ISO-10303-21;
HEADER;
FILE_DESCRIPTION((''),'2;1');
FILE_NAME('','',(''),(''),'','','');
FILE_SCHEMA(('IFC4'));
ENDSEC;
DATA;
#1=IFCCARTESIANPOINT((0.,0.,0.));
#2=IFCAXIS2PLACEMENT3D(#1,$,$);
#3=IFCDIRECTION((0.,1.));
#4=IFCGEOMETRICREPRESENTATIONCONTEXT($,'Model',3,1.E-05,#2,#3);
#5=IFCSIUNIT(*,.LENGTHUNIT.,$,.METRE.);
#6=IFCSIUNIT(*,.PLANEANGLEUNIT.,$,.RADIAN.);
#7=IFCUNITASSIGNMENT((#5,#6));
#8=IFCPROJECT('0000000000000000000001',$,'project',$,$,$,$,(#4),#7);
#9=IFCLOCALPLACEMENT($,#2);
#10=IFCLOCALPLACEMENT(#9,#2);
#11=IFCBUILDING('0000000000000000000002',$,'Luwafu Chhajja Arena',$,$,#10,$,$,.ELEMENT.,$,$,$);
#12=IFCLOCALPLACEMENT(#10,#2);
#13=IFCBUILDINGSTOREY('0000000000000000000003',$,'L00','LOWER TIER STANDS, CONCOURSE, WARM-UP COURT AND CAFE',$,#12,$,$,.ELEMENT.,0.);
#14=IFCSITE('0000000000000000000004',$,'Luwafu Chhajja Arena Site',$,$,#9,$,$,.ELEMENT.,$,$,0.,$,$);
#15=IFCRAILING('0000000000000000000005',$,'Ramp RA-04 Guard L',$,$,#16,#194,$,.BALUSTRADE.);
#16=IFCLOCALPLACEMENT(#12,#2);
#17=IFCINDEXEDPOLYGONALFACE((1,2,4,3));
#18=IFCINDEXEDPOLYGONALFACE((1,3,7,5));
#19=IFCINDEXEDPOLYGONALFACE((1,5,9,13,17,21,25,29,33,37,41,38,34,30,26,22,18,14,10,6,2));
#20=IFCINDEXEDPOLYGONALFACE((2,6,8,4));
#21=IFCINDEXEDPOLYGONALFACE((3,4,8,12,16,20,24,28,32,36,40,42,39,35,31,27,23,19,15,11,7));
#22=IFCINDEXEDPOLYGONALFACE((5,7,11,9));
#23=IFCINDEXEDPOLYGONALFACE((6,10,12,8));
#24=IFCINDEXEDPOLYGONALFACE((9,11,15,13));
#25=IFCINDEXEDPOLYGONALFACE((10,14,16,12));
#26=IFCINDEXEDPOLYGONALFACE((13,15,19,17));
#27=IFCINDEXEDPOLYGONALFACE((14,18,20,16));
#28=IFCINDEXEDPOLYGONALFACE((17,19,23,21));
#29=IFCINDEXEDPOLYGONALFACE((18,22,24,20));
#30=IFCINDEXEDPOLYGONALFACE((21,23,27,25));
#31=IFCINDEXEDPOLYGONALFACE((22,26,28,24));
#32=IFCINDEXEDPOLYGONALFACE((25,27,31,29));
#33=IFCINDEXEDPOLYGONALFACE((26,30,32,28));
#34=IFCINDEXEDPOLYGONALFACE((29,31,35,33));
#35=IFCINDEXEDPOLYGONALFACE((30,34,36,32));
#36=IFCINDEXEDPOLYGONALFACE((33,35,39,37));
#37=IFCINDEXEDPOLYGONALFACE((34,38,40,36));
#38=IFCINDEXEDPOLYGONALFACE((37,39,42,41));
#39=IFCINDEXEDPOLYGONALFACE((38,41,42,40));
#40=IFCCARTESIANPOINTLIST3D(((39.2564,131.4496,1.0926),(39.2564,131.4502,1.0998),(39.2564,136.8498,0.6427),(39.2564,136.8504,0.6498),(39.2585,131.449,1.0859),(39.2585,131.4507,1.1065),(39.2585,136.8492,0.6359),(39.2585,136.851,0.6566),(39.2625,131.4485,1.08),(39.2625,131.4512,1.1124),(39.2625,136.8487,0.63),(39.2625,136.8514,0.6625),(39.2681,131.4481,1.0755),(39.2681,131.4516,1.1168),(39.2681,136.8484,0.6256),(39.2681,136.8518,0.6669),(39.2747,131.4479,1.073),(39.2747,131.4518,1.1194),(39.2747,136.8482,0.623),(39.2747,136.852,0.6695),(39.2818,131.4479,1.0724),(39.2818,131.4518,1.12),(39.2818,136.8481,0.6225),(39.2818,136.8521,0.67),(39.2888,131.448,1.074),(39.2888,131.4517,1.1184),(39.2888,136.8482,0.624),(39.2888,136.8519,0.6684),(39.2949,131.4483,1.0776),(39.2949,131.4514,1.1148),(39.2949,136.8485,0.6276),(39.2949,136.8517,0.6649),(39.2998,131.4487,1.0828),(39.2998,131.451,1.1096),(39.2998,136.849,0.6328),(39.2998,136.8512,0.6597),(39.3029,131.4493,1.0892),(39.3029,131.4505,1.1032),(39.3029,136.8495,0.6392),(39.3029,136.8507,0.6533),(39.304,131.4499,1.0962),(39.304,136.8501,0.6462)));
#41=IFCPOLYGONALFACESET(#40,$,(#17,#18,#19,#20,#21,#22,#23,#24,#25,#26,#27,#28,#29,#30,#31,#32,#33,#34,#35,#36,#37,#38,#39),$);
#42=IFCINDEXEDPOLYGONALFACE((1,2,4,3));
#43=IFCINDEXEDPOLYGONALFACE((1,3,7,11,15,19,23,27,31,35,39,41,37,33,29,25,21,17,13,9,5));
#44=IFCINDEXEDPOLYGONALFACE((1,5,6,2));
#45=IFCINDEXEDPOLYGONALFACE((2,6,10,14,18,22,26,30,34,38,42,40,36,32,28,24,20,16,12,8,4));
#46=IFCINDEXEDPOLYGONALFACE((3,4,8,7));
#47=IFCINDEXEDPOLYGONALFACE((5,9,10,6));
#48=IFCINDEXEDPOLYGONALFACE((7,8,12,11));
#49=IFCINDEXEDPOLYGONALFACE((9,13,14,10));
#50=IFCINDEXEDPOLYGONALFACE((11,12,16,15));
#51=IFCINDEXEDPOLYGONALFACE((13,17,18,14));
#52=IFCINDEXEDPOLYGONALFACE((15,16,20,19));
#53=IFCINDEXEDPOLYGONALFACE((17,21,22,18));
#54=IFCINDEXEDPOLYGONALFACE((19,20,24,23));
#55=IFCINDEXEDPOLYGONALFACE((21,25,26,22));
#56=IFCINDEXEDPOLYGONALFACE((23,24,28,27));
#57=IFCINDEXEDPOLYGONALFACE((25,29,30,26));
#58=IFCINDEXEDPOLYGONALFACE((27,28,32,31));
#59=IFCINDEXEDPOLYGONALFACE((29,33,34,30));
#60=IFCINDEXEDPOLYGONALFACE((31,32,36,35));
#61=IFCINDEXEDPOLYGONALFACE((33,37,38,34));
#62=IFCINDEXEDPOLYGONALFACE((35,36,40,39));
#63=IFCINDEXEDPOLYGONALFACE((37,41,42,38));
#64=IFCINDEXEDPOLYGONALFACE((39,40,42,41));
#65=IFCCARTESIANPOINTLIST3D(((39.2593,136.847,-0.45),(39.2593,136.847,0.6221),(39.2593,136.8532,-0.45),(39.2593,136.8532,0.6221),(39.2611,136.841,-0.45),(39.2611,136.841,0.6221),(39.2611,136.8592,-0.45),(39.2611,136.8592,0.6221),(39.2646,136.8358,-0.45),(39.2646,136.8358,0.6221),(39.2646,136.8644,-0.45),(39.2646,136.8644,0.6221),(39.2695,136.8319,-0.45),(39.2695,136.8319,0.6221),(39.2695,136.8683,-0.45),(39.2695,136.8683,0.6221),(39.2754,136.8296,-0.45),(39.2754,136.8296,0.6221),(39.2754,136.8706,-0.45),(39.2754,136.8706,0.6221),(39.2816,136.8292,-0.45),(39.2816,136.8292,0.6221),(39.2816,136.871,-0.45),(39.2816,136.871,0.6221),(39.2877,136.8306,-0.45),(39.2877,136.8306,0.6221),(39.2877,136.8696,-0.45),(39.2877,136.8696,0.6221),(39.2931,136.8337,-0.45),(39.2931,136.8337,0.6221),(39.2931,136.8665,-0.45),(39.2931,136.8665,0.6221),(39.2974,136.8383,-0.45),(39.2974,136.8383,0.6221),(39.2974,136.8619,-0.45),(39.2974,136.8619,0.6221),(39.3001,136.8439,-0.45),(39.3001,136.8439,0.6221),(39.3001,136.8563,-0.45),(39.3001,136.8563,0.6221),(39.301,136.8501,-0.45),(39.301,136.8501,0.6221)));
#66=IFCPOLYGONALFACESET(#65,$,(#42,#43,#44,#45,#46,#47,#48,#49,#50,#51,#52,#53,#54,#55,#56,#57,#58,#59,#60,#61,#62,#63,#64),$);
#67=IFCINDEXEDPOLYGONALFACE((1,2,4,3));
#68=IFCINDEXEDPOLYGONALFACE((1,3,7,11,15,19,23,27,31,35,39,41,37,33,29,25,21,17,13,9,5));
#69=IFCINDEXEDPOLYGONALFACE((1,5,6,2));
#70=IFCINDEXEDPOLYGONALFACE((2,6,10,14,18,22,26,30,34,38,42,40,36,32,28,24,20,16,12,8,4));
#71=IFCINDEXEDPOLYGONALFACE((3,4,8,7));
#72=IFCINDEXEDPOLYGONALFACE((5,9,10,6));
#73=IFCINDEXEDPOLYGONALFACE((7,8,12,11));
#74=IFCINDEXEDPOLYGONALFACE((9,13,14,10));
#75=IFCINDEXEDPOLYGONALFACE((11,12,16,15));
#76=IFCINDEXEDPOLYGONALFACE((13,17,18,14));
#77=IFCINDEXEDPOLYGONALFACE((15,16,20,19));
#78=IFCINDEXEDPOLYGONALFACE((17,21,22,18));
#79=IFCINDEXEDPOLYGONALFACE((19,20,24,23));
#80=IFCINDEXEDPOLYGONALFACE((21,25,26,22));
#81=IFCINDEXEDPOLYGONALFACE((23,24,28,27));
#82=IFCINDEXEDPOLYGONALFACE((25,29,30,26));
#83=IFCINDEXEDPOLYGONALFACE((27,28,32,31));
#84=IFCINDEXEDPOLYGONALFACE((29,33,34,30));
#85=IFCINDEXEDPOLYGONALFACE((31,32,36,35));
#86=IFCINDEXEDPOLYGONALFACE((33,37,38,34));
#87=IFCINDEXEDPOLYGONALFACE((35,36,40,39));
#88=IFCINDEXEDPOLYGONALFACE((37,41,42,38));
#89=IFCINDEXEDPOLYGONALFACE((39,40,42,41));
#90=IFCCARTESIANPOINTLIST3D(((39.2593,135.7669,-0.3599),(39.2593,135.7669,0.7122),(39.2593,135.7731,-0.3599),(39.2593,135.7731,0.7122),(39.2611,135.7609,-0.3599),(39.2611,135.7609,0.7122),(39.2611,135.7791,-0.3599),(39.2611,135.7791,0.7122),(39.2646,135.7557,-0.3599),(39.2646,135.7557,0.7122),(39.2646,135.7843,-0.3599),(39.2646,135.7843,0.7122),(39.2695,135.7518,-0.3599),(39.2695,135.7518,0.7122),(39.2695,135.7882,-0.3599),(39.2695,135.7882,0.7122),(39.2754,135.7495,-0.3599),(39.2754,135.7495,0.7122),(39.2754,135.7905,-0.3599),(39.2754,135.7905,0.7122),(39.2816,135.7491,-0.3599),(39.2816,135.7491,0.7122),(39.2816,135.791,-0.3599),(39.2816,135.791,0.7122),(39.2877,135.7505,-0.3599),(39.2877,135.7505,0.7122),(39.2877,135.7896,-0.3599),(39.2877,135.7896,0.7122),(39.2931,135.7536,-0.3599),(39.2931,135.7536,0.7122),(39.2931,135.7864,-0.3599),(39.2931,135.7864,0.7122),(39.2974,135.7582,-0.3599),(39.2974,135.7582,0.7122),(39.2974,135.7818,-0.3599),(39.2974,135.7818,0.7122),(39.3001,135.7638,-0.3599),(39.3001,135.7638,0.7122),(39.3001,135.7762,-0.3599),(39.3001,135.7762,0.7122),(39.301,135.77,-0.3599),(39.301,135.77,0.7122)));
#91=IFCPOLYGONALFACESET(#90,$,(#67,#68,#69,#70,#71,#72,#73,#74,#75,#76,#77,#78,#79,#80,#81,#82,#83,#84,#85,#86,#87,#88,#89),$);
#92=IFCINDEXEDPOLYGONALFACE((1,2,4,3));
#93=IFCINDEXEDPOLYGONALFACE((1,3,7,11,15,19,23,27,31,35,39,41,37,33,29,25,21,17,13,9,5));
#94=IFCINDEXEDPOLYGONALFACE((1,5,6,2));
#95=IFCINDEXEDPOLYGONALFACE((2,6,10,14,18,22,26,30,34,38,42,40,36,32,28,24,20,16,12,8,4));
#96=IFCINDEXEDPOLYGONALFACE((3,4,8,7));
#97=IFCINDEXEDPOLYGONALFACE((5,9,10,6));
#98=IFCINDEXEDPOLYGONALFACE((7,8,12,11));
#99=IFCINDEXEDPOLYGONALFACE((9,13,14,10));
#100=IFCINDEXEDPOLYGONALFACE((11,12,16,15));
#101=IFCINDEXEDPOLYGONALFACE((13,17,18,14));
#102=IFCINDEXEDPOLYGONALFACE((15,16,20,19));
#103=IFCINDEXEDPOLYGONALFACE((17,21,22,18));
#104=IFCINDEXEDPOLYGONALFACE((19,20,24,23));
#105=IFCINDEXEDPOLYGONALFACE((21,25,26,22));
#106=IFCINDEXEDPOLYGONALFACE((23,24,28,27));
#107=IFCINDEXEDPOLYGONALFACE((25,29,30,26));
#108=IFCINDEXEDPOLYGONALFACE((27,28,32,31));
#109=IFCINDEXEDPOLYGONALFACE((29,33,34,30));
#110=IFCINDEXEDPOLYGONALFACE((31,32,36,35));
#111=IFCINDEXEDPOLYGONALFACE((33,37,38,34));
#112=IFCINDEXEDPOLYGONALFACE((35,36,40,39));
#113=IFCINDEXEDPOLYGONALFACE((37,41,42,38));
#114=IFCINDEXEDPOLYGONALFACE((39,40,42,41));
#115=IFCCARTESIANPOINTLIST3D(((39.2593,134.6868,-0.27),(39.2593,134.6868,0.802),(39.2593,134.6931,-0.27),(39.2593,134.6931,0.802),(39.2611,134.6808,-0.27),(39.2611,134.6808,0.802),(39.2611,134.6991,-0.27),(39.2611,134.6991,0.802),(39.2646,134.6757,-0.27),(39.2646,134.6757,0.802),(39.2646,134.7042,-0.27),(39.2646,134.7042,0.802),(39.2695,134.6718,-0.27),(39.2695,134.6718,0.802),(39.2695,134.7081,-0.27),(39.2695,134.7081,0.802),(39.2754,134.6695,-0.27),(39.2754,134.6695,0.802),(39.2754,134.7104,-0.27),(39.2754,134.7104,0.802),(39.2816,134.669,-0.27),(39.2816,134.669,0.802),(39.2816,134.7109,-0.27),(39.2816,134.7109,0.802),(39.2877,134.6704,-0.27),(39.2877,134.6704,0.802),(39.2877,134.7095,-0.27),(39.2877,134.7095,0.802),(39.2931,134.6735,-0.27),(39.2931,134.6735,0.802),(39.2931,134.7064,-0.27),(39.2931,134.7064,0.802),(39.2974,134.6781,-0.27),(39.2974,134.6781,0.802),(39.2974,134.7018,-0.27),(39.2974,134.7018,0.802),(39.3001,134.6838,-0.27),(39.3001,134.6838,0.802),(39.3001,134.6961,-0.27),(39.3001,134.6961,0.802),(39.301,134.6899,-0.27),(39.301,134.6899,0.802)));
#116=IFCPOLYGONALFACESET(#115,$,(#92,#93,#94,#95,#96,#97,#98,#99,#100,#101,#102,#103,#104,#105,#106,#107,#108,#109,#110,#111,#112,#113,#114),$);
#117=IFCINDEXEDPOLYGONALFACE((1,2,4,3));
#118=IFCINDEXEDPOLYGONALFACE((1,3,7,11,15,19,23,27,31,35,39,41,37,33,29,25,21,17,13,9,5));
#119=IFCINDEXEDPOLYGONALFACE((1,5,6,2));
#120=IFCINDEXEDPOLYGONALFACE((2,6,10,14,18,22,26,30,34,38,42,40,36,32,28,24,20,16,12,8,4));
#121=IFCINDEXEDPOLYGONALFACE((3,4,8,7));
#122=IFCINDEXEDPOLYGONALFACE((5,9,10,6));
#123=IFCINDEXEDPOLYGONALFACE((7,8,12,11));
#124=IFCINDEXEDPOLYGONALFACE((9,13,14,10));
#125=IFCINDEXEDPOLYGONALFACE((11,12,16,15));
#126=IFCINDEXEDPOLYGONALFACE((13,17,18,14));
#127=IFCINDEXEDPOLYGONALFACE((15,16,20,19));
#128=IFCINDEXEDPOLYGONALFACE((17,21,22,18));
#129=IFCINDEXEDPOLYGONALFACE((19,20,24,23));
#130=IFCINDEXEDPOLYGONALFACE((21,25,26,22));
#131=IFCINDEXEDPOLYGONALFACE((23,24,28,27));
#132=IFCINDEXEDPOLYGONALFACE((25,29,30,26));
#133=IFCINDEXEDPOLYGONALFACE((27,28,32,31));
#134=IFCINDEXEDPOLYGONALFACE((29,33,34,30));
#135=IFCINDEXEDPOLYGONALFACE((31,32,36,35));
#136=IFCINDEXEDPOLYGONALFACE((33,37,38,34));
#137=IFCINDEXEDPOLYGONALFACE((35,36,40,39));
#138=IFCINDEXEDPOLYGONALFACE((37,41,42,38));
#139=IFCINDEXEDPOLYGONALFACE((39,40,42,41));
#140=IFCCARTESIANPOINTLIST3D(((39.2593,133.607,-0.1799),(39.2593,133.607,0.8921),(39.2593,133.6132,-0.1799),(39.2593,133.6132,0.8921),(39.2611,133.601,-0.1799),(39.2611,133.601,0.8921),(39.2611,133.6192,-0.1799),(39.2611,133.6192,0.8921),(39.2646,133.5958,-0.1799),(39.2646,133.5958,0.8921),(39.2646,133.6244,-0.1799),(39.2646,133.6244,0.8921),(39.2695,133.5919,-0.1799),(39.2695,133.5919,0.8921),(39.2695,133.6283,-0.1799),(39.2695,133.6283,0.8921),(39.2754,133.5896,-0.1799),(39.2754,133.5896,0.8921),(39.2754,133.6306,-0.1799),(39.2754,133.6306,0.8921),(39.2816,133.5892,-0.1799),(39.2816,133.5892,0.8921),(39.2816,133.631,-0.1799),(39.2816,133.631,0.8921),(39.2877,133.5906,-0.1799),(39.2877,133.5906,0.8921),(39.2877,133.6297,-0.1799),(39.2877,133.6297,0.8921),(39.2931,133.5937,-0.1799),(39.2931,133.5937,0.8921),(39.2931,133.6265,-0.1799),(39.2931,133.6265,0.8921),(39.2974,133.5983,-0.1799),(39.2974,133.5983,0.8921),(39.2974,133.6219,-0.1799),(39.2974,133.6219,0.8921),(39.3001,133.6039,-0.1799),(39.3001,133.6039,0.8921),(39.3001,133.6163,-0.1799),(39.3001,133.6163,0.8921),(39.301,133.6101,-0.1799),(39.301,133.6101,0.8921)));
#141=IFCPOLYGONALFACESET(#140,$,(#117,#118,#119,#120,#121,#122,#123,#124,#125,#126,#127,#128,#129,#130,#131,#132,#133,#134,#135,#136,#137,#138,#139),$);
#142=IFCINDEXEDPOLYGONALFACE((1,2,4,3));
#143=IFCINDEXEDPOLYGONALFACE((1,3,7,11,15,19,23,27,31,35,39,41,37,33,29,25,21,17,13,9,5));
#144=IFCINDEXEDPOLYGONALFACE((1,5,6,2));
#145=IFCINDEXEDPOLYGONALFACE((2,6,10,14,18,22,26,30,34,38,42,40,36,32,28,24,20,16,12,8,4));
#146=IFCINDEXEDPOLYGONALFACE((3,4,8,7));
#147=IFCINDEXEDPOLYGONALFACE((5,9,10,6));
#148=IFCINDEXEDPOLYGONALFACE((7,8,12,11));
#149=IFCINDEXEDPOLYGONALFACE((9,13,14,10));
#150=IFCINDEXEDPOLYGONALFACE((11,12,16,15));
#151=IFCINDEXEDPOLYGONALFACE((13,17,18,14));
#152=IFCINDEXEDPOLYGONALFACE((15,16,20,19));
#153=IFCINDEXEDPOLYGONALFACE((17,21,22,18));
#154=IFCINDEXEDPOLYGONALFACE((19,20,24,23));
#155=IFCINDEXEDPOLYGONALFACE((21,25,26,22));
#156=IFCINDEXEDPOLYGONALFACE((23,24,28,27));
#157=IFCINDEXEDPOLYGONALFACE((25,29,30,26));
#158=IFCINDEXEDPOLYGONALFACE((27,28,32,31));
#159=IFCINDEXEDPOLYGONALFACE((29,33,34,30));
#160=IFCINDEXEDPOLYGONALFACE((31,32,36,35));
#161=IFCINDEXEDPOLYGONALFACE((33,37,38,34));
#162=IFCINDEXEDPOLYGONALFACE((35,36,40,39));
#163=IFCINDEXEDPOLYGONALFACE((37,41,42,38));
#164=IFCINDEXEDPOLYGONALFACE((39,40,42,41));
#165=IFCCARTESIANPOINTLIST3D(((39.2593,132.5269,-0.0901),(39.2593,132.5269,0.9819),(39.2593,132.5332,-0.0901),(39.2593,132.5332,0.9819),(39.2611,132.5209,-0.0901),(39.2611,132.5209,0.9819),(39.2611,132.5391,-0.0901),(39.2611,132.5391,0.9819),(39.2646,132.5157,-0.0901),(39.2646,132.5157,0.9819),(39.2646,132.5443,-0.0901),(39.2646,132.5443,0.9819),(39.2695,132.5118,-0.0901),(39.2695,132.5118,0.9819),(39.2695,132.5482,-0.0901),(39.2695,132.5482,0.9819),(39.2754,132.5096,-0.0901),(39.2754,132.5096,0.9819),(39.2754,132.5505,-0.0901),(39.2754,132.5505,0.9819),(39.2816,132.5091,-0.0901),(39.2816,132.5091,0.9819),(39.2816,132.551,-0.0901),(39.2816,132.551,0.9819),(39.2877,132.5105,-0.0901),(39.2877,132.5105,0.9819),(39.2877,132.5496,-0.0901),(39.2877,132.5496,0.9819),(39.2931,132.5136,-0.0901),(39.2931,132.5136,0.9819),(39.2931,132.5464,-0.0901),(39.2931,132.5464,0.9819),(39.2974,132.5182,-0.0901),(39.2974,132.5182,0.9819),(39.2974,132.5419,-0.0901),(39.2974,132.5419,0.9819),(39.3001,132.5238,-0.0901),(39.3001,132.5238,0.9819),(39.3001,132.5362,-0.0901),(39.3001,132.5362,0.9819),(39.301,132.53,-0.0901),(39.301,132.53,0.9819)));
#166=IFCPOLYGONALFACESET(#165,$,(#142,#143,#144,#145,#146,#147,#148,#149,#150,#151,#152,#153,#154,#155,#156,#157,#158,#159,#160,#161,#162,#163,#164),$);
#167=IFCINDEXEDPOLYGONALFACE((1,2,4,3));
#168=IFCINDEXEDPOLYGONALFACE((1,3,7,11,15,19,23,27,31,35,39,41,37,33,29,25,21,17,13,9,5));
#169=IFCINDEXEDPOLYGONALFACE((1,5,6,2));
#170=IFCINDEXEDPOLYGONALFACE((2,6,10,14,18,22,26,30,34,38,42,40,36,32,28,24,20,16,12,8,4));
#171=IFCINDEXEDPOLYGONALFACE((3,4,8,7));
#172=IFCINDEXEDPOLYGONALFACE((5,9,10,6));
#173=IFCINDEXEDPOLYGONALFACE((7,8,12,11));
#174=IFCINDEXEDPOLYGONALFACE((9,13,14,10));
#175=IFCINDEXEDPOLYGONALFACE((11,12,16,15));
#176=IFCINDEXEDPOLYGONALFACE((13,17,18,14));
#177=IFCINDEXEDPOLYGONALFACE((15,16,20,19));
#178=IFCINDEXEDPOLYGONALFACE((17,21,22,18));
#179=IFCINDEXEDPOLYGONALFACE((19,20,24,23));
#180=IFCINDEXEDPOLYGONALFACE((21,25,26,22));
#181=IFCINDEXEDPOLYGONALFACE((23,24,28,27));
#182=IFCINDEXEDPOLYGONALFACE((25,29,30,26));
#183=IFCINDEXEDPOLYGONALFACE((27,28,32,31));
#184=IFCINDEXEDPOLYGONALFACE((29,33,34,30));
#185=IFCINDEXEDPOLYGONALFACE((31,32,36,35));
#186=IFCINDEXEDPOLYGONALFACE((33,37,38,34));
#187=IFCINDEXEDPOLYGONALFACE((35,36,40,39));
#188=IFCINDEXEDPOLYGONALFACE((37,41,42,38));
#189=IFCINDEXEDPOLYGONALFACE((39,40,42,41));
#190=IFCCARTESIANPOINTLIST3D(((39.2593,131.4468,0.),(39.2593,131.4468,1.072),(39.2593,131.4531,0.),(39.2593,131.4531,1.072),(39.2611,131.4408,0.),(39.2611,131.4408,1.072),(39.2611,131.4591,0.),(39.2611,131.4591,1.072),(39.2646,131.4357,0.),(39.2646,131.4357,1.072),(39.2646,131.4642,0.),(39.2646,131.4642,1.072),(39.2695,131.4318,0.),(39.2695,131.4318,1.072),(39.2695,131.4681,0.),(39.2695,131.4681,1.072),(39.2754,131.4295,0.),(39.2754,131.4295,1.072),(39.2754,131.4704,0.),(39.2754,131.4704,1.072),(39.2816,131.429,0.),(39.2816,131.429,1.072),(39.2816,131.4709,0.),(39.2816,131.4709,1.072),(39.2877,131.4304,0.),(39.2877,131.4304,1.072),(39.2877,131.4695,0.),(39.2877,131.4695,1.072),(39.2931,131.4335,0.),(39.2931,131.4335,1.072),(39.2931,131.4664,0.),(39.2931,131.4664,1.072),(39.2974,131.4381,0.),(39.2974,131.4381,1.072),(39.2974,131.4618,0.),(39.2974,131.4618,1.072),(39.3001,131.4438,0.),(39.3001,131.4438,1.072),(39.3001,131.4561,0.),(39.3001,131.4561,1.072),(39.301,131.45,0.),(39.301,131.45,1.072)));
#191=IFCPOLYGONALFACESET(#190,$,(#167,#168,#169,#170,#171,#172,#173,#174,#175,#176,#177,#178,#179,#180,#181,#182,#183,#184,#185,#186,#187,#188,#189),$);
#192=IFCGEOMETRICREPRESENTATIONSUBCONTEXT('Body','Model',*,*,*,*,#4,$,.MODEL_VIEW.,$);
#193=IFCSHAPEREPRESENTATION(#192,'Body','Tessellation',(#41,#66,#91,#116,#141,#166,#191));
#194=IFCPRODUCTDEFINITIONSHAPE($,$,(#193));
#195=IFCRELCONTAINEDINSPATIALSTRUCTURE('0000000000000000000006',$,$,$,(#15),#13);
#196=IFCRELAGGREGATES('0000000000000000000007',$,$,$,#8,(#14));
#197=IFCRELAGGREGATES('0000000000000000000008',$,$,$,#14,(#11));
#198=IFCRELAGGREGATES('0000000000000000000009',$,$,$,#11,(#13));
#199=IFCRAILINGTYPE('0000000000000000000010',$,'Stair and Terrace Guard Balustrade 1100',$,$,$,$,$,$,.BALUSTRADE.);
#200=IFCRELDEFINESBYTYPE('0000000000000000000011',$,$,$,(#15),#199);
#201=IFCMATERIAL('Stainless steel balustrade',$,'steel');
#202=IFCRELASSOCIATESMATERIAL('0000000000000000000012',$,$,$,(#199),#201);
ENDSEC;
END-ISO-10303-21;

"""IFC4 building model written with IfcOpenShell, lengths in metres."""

from ifc_helpers import new_model, si_unit, direction, frame, origin, origin_2d, place, context, subcontext, project, spatial, circle, extrude, material, type_object, element, save


model = new_model("IFC4")

# Units and contexts
model_context = context("Model", 3, precision=1e-05, world=origin(), true_north=direction((0.0, 1.0)))
body_context = subcontext(model_context, "Body", "Model", "MODEL_VIEW")
ifc_project = project(units=[si_unit("LENGTHUNIT", "METRE"), si_unit("PLANEANGLEUNIT", "RADIAN")], contexts=[model_context])

# Site, building, storey
site_placement = place(None, origin())
site = spatial("IfcSite", under=ifc_project, at=site_placement, Name="Luwafu Chhajja Arena Site", CompositionType="ELEMENT", RefElevation=0.0)
building_placement = place(site_placement, origin())
building = spatial("IfcBuilding", under=site, at=building_placement, Name="Luwafu Chhajja Arena", CompositionType="ELEMENT")
storey_placement = place(building_placement, origin())
storey = spatial("IfcBuildingStorey", under=building, at=storey_placement, Name="L00", Description="LOWER TIER STANDS, CONCOURSE, WARM-UP COURT AND CAFE", CompositionType="ELEMENT", Elevation=0.0)

# Railing
ifc_material_1 = material(Name="Stainless steel balustrade", Category="steel")
railing_type = type_object("IfcRailingType", Name="Stair and Terrace Guard Balustrade 1100", PredefinedType="BALUSTRADE", material=ifc_material_1)
for number, where, name in (
    (1, (39.28, 136.8501, -0.45), "Ramp RA-04 Guard L"),
):
    element("IfcRailing", number, at=place(storey_placement, frame(where)), inside=storey, type_object=railing_type, Name=name, PredefinedType="BALUSTRADE", context=body_context, shape_type="SweptSolid", body=[
        extrude(circle(Radius=0.0239, at=origin_2d()), frame((0.0, 0.0, 1.0962), z_axis=(0.0, -0.996547, 0.083034), x_axis=(1.0, 0.0, 0.0)), (0.0, 0.0, 1.0), 5.4189),
        extrude(circle(Radius=0.021, at=origin_2d()), origin(), (0.0, 0.0, 1.0), 1.072),
        extrude(circle(Radius=0.021, at=origin_2d()), frame((0.0, -1.0801, 0.0901)), (0.0, 0.0, 1.0), 1.072),
        extrude(circle(Radius=0.021, at=origin_2d()), frame((0.0, -2.1602, 0.1799)), (0.0, 0.0, 1.0), 1.072),
        extrude(circle(Radius=0.021, at=origin_2d()), frame((0.0, -3.24, 0.27)), (0.0, 0.0, 1.0), 1.072),
        extrude(circle(Radius=0.021, at=origin_2d()), frame((0.0, -4.3201, 0.3599)), (0.0, 0.0, 1.0), 1.072),
        extrude(circle(Radius=0.021, at=origin_2d()), frame((0.0, -5.4001, 0.45)), (0.0, 0.0, 1.0), 1.072),
    ])

save(model, "model.ifc")
